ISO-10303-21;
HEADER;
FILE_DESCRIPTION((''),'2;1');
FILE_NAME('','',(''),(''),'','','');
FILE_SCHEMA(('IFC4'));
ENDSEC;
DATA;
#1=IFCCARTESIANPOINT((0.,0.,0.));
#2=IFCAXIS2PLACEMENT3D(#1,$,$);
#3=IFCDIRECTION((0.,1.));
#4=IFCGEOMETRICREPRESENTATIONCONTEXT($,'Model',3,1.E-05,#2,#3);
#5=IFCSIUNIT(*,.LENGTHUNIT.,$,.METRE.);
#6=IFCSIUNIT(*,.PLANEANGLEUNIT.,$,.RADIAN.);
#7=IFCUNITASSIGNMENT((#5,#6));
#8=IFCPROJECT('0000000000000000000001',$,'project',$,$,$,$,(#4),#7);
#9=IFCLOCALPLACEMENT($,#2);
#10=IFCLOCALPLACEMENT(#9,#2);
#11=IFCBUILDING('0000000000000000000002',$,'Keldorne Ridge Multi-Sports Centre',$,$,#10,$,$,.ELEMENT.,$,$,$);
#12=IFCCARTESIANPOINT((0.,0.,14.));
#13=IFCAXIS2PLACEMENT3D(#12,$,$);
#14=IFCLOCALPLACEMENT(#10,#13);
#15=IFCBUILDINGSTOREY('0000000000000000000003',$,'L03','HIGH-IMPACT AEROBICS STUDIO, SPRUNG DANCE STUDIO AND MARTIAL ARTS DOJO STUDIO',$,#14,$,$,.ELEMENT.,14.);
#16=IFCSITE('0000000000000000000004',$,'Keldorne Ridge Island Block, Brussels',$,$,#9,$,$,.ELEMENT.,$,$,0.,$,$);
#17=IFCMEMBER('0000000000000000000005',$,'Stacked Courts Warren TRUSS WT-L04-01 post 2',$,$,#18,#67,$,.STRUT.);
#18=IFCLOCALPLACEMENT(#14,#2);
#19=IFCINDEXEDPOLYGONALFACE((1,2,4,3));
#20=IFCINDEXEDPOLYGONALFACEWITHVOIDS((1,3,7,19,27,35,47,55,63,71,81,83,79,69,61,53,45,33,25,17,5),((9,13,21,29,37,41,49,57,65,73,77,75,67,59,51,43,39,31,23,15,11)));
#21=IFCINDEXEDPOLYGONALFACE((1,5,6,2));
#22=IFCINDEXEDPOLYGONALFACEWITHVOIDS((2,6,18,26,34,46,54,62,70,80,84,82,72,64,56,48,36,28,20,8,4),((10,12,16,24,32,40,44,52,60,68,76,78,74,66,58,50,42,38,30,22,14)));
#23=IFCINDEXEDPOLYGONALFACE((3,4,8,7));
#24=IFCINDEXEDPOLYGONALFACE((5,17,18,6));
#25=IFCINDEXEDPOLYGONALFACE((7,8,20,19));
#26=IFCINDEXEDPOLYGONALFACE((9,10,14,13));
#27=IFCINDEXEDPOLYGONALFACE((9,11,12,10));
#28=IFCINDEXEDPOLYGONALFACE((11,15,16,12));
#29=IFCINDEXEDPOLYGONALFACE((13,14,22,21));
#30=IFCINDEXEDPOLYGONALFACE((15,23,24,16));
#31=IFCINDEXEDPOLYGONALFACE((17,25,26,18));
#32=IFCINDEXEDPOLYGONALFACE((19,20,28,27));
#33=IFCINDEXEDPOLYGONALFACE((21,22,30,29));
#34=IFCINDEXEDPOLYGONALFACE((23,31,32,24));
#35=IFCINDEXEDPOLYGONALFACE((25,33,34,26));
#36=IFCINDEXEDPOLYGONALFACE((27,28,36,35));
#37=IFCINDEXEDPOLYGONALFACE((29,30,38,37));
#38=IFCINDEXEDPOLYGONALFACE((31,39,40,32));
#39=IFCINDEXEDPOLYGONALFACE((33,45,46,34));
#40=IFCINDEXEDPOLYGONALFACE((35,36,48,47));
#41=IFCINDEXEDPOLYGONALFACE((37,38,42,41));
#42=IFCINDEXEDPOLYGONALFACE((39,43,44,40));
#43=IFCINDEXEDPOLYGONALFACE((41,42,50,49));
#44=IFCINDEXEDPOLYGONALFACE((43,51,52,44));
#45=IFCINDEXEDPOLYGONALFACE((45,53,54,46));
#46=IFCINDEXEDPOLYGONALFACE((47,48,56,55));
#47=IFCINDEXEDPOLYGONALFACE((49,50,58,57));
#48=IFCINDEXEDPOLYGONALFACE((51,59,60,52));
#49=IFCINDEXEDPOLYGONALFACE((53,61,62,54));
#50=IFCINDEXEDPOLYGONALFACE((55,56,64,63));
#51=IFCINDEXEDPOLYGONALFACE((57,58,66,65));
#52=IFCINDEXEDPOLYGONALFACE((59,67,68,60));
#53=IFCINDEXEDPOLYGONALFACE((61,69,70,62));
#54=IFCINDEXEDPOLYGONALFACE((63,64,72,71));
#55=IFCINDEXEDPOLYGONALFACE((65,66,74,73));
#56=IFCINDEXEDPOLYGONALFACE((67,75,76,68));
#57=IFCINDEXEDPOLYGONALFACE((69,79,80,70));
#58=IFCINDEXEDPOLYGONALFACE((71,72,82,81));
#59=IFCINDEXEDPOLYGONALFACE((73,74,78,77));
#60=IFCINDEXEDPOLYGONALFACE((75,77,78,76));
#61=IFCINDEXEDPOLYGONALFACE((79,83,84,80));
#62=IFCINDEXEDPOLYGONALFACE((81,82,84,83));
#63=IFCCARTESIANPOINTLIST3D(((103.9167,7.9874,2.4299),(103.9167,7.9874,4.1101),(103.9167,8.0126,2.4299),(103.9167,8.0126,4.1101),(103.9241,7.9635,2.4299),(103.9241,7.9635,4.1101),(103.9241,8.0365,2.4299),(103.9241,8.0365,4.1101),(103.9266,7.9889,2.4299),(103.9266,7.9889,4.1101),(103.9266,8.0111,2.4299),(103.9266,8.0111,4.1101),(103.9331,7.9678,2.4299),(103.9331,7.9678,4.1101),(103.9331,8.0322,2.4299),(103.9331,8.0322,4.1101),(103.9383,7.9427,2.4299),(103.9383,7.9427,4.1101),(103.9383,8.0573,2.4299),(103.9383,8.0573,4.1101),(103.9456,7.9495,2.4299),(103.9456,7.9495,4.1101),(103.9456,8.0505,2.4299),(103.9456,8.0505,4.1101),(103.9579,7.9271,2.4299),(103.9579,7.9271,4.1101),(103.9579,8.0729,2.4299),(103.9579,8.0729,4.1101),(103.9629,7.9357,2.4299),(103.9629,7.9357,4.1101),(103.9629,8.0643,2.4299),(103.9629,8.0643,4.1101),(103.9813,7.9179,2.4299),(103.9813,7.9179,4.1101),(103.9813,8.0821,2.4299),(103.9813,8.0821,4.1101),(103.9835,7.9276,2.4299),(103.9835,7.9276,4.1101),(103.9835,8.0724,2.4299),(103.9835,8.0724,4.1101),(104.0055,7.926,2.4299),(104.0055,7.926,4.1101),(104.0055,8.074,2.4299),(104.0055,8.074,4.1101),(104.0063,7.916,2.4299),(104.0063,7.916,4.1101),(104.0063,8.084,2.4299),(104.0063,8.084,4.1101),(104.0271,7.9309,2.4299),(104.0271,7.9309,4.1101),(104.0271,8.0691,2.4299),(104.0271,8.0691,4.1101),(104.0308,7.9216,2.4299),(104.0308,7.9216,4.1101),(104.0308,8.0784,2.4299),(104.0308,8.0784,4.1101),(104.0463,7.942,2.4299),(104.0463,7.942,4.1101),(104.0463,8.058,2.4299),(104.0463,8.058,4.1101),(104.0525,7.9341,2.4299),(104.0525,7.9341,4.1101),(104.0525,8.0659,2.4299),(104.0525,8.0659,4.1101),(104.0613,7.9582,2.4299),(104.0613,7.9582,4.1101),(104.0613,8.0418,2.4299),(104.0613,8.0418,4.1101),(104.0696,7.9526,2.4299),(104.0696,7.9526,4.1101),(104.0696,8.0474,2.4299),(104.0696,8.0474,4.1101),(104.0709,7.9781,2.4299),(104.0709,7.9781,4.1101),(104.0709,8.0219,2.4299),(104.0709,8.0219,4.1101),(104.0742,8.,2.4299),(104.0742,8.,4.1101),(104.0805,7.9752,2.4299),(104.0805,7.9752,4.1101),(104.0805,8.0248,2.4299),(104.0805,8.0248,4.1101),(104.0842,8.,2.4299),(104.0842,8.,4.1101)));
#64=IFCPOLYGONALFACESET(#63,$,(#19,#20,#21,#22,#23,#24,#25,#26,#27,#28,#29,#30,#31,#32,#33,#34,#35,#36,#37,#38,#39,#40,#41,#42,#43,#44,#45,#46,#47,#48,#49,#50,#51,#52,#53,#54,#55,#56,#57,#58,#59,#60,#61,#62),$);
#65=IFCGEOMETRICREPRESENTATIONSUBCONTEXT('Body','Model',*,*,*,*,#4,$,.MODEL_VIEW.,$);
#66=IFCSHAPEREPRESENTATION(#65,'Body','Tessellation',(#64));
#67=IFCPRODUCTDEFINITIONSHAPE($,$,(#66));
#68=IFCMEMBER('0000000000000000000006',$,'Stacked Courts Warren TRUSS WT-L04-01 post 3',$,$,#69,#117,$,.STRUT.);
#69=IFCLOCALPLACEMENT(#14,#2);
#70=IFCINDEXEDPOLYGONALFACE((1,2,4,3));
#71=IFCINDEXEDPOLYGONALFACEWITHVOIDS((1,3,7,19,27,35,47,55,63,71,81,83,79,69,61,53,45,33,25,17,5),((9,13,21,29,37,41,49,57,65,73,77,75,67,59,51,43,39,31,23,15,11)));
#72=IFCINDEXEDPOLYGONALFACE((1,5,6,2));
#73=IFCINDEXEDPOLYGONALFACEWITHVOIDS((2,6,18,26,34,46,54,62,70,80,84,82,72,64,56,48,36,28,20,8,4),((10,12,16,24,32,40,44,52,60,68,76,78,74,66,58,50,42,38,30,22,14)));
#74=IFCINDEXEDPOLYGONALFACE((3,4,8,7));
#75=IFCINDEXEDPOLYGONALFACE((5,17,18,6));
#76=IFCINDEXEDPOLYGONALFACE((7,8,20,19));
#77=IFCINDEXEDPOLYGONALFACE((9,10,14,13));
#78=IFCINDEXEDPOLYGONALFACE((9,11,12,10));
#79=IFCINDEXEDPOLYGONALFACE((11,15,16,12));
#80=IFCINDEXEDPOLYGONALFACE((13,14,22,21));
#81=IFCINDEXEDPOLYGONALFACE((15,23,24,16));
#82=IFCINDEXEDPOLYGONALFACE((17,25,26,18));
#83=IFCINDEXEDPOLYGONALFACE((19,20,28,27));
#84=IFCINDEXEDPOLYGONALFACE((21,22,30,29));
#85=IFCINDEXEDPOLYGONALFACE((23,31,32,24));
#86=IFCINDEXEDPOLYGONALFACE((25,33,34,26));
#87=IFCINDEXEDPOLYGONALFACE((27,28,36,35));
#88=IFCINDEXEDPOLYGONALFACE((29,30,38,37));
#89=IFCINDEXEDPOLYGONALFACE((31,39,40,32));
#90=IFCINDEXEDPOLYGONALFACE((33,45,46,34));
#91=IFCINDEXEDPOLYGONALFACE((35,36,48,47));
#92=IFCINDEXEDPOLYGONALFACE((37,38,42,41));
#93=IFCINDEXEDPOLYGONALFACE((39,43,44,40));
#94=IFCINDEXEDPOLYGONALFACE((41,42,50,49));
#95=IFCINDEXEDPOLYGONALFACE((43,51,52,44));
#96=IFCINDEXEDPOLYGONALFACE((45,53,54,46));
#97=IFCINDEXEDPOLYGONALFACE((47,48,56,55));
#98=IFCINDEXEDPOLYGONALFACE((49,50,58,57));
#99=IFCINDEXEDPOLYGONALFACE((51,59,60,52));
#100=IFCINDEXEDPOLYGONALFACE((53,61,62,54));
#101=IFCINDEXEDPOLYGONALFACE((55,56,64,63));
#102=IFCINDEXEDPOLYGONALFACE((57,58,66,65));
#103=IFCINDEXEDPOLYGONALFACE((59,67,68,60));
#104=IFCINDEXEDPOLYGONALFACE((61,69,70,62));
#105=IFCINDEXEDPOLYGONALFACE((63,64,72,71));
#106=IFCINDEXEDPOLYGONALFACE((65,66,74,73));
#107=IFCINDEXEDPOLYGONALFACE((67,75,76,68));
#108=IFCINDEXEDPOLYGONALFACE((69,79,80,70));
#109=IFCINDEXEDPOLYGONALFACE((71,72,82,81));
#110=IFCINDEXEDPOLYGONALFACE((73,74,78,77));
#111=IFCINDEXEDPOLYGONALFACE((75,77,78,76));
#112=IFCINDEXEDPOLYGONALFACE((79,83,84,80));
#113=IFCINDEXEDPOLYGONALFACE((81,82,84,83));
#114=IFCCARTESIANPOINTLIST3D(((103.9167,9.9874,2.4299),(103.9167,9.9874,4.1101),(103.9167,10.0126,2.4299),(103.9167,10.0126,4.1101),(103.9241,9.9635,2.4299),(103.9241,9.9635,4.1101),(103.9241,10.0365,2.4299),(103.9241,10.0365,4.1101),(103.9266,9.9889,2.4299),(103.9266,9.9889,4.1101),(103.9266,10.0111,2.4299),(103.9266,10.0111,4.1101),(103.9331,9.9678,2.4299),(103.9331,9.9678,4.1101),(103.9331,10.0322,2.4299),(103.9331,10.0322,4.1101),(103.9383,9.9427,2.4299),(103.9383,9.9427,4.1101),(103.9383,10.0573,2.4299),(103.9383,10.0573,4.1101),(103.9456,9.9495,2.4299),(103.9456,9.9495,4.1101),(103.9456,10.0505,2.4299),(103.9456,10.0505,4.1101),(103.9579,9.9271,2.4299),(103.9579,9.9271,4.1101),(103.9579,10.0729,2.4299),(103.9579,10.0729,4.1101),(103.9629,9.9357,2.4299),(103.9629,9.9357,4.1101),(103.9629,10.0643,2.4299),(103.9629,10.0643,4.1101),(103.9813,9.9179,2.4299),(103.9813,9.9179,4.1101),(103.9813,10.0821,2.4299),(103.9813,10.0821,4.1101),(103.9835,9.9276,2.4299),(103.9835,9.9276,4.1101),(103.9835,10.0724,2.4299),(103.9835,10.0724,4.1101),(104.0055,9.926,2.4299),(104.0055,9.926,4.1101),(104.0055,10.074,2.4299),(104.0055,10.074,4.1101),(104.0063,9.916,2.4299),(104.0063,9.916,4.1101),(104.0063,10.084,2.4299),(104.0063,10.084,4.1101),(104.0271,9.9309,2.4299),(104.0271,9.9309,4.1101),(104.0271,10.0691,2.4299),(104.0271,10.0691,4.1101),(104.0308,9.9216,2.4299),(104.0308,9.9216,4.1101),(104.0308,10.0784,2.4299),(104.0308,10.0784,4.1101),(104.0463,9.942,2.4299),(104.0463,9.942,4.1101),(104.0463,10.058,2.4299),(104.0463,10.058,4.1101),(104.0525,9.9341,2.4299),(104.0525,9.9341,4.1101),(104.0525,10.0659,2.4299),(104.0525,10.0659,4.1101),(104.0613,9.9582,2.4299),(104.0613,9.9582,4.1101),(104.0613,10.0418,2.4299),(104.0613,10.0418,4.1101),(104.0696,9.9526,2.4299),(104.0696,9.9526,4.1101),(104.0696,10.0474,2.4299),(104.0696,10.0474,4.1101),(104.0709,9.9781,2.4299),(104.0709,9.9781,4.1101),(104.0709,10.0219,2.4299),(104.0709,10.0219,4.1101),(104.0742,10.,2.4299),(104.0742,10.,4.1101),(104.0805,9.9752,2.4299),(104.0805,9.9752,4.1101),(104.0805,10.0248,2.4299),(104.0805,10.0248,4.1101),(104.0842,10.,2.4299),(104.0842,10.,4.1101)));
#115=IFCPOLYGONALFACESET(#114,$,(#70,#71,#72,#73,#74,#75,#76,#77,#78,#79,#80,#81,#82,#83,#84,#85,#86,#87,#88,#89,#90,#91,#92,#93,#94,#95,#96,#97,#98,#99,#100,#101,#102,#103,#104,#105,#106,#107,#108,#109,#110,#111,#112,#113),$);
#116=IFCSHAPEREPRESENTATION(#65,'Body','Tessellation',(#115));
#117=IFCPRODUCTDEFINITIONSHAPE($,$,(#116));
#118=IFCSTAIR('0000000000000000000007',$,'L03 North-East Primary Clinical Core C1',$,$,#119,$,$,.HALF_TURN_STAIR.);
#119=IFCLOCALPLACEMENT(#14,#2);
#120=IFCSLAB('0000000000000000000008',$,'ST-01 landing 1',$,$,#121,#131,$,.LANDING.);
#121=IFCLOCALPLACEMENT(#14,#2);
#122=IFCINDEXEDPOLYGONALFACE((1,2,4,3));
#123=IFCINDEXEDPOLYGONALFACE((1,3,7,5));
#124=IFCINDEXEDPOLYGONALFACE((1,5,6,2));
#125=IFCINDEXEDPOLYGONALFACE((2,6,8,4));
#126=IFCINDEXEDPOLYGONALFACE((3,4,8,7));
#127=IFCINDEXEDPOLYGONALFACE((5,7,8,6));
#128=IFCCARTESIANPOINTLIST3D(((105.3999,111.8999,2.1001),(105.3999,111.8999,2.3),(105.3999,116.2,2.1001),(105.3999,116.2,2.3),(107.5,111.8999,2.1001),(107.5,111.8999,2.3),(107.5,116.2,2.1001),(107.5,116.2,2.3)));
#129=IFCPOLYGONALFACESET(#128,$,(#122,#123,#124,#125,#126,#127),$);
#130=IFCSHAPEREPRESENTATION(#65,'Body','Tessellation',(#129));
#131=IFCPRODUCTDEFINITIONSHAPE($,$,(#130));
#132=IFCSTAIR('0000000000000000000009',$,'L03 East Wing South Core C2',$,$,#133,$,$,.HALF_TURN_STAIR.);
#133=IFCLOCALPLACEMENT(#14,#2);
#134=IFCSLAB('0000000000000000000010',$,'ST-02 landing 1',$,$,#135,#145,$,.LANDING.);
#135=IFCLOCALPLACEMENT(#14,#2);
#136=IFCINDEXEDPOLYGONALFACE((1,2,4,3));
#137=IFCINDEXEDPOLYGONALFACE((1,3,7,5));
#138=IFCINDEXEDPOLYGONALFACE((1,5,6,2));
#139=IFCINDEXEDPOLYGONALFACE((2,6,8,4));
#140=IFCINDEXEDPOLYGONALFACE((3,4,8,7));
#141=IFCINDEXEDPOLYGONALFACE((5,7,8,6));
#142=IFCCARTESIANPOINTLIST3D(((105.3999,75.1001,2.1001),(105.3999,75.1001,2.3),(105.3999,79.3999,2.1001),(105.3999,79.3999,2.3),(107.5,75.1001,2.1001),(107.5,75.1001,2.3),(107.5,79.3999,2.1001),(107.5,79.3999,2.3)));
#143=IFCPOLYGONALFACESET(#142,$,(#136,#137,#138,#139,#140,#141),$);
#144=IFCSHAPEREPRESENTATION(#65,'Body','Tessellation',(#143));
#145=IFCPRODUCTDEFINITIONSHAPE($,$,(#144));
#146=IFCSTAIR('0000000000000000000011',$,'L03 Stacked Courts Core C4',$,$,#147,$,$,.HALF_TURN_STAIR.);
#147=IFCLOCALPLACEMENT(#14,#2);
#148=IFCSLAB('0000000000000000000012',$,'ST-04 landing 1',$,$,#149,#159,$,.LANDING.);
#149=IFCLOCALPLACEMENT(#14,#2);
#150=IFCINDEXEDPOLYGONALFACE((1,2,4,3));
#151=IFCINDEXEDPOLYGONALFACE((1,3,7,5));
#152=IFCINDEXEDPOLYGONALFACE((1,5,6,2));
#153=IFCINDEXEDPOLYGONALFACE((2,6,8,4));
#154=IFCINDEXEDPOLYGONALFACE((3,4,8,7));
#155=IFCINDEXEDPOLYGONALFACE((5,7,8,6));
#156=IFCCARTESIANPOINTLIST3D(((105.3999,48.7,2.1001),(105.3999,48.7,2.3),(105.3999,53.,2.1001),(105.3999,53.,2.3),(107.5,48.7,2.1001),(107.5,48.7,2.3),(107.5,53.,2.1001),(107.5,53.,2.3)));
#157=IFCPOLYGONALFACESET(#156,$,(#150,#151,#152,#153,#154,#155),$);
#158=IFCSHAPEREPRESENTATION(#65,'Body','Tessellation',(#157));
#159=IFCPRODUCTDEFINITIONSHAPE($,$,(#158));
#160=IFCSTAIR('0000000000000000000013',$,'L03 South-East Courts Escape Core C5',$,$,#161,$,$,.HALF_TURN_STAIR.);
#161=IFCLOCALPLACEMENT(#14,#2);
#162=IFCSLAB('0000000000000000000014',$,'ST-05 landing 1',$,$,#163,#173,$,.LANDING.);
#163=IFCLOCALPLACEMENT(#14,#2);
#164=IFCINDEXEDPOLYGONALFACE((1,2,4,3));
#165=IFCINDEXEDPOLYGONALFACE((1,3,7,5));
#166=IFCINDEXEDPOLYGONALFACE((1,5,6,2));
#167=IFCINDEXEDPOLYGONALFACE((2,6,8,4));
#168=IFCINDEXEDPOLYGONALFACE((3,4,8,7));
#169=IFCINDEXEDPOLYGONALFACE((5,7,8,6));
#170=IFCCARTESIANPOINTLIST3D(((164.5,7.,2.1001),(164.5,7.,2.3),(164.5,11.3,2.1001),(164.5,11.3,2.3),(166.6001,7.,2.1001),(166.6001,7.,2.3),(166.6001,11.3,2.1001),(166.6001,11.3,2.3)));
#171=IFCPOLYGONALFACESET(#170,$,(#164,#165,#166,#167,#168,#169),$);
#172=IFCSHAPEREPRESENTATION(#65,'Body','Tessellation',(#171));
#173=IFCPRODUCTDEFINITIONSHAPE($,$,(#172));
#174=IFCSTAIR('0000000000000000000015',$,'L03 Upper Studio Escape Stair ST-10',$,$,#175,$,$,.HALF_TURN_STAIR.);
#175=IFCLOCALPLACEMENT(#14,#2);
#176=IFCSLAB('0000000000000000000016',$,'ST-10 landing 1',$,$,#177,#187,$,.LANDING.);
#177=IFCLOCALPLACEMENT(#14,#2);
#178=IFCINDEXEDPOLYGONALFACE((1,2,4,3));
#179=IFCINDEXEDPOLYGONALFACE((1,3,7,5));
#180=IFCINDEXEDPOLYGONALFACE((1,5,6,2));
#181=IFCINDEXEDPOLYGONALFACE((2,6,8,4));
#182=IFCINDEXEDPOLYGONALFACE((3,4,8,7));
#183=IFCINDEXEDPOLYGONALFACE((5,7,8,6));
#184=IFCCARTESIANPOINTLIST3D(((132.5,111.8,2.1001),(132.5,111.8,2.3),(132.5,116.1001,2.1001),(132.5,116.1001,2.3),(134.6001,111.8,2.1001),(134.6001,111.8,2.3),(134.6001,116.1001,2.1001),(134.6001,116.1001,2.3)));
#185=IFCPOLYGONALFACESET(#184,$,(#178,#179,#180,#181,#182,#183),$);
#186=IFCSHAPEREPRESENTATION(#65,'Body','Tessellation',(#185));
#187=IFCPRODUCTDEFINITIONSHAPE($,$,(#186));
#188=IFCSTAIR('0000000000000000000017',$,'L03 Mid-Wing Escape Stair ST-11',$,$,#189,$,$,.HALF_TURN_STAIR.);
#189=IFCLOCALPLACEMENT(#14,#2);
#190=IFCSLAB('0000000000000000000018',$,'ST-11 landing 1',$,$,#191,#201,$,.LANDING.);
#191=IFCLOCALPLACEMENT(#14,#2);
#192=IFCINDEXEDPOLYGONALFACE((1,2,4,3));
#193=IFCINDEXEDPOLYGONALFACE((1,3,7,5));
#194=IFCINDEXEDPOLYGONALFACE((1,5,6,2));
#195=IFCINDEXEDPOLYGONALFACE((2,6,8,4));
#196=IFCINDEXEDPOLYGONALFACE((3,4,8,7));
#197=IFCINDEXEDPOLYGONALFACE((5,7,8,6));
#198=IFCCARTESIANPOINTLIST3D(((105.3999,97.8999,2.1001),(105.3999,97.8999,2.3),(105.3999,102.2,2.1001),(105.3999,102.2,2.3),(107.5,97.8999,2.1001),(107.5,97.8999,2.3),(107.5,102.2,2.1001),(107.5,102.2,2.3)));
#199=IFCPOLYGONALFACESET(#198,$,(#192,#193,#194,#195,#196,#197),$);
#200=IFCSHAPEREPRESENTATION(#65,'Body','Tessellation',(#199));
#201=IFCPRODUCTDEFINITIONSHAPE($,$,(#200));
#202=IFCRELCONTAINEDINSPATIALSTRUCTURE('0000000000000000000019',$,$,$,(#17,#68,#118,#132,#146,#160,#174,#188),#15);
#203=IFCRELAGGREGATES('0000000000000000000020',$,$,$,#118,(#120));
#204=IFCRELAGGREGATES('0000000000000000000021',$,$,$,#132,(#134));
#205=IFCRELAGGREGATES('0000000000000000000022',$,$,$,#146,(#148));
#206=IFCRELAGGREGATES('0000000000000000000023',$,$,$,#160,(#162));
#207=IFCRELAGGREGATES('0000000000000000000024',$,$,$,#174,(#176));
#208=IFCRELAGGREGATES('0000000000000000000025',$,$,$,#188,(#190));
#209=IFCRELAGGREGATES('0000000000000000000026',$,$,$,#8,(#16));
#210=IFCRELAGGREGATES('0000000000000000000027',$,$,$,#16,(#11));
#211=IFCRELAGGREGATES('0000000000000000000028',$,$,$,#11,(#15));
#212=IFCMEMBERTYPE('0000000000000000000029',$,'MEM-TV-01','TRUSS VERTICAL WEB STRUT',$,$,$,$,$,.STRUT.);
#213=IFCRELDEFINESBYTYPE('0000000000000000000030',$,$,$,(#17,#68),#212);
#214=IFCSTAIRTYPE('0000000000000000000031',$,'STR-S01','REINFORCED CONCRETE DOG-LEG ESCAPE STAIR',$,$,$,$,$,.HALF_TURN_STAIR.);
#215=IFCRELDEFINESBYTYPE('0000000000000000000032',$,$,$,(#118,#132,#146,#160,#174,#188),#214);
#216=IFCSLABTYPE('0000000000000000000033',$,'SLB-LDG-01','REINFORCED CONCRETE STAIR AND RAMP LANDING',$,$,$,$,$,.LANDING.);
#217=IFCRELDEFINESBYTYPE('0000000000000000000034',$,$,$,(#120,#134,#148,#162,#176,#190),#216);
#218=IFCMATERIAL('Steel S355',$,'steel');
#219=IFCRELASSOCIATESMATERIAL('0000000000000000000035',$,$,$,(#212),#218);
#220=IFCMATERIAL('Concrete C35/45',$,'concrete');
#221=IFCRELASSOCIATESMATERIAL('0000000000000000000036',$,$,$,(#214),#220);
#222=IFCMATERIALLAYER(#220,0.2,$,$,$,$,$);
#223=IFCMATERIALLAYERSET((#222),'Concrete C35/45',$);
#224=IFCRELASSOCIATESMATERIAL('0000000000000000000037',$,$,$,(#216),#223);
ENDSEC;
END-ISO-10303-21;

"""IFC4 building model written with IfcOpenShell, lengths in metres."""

from ifc_helpers import new_model, si_unit, direction, frame, origin, origin_2d, place, context, subcontext, project, spatial, polyline, hollow_circle, outline, extrude, material, layer, layer_set, material_profile, profile_set, type_object, element, aggregate, save


model = new_model("IFC4")

# Units and contexts
model_context = context("Model", 3, precision=1e-05, world=origin(), true_north=direction((0.0, 1.0)))
body_context = subcontext(model_context, "Body", "Model", "MODEL_VIEW")
ifc_project = project(units=[si_unit("LENGTHUNIT", "METRE"), si_unit("PLANEANGLEUNIT", "RADIAN")], contexts=[model_context])

# Site, building, storey
site_placement = place(None, origin())
site = spatial("IfcSite", under=ifc_project, at=site_placement, Name="Keldorne Ridge Island Block, Brussels", CompositionType="ELEMENT", RefElevation=0.0)
building_placement = place(site_placement, origin())
building = spatial("IfcBuilding", under=site, at=building_placement, Name="Keldorne Ridge Multi-Sports Centre", CompositionType="ELEMENT")
storey_placement = place(building_placement, frame((0.0, 0.0, 14.0)))
storey = spatial("IfcBuildingStorey", under=building, at=storey_placement, Name="L03", Description="HIGH-IMPACT AEROBICS STUDIO, SPRUNG DANCE STUDIO AND MARTIAL ARTS DOJO STUDIO", CompositionType="ELEMENT", Elevation=14.0)

# Shared definitions
ifc_material_1 = material(Name="Steel S355", Category="steel")

# Members
ifc_material_profile_1 = material_profile(ifc_material_1, hollow_circle(Radius=0.0842, WallThickness=0.01, at=origin_2d()), Name="CHS 168.3x10")
ifc_profile_set_1 = profile_set([ifc_material_profile_1], Name="Steel S355")
member_type_1 = type_object("IfcMemberType", Name="MEM-TV-01", Description="TRUSS VERTICAL WEB STRUT", PredefinedType="STRUT", material=ifc_profile_set_1)
for number, where, z_axis, x_axis, name in (
    (1, (104.0, 8.0, 2.4299), (0.0, 0.0, 1.0), (1.0, 0.0, 0.0), "Stacked Courts Warren TRUSS WT-L04-01 post 2"),
    (2, (104.0, 10.0, 2.4299), (0.0, 0.0, 1.0), (1.0, 0.0, 0.0), "Stacked Courts Warren TRUSS WT-L04-01 post 3"),
):
    element("IfcMember", number, at=place(storey_placement, frame(where, z_axis=z_axis, x_axis=x_axis)), inside=storey, type_object=member_type_1, Name=name, PredefinedType="STRUT", context=body_context, shape_type="SweptSolid", body=[
        extrude(hollow_circle(Radius=0.0842, WallThickness=0.01, at=origin_2d()), origin(), (0.0, 0.0, 1.0), 1.6802),
    ])

# Stairs, slabs
ifc_material_2 = material(Name="Concrete C35/45", Category="concrete")
stair_type = type_object("IfcStairType", Name="STR-S01", Description="REINFORCED CONCRETE DOG-LEG ESCAPE STAIR", PredefinedType="HALF_TURN_STAIR", material=ifc_material_2)
stair_1_placement = place(storey_placement, origin())
stair_1 = element("IfcStair", 3, at=stair_1_placement, inside=storey, type_object=stair_type, Name="L03 North-East Primary Clinical Core C1", PredefinedType="HALF_TURN_STAIR")
ifc_layer_1 = layer(ifc_material_2, 0.2)
ifc_layer_set_1 = layer_set([ifc_layer_1], Name="Concrete C35/45")
slab_type_1 = type_object("IfcSlabType", Name="SLB-LDG-01", Description="REINFORCED CONCRETE STAIR AND RAMP LANDING", PredefinedType="LANDING", material=ifc_layer_set_1)
slab_1_placement = place(storey_placement, frame((0.0, 0.0, 2.1001)))
slab_1 = element("IfcSlab", 4, at=slab_1_placement, type_object=slab_type_1, Name="ST-01 landing 1", PredefinedType="LANDING", context=body_context, shape_type="SweptSolid", body=[
    extrude(outline(polyline([(107.5, 116.2), (105.3999, 116.2), (105.3999, 111.8999), (107.5, 111.8999), (107.5, 116.2)])), origin(), (0.0, 0.0, 1.0), 0.2),
])
aggregate(stair_1, [slab_1])
stair_2_placement = place(storey_placement, origin())
stair_2 = element("IfcStair", 5, at=stair_2_placement, inside=storey, type_object=stair_type, Name="L03 East Wing South Core C2", PredefinedType="HALF_TURN_STAIR")
slab_2_placement = place(storey_placement, frame((0.0, 0.0, 2.1001)))
slab_2 = element("IfcSlab", 6, at=slab_2_placement, type_object=slab_type_1, Name="ST-02 landing 1", PredefinedType="LANDING", context=body_context, shape_type="SweptSolid", body=[
    extrude(outline(polyline([(107.5, 79.3999), (105.3999, 79.3999), (105.3999, 75.1001), (107.5, 75.1001), (107.5, 79.3999)])), origin(), (0.0, 0.0, 1.0), 0.2),
])
aggregate(stair_2, [slab_2])
stair_3_placement = place(storey_placement, origin())
stair_3 = element("IfcStair", 7, at=stair_3_placement, inside=storey, type_object=stair_type, Name="L03 Stacked Courts Core C4", PredefinedType="HALF_TURN_STAIR")
slab_3_placement = place(storey_placement, frame((0.0, 0.0, 2.1001)))
slab_3 = element("IfcSlab", 8, at=slab_3_placement, type_object=slab_type_1, Name="ST-04 landing 1", PredefinedType="LANDING", context=body_context, shape_type="SweptSolid", body=[
    extrude(outline(polyline([(107.5, 53.0), (105.3999, 53.0), (105.3999, 48.7), (107.5, 48.7), (107.5, 53.0)])), origin(), (0.0, 0.0, 1.0), 0.2),
])
aggregate(stair_3, [slab_3])
stair_4_placement = place(storey_placement, origin())
stair_4 = element("IfcStair", 9, at=stair_4_placement, inside=storey, type_object=stair_type, Name="L03 South-East Courts Escape Core C5", PredefinedType="HALF_TURN_STAIR")
slab_4_placement = place(storey_placement, frame((0.0, 0.0, 2.1001)))
slab_4 = element("IfcSlab", 10, at=slab_4_placement, type_object=slab_type_1, Name="ST-05 landing 1", PredefinedType="LANDING", context=body_context, shape_type="SweptSolid", body=[
    extrude(outline(polyline([(164.5, 7.0), (166.6001, 7.0), (166.6001, 11.3), (164.5, 11.3), (164.5, 7.0)])), origin(), (0.0, 0.0, 1.0), 0.2),
])
aggregate(stair_4, [slab_4])
stair_5_placement = place(storey_placement, origin())
stair_5 = element("IfcStair", 11, at=stair_5_placement, inside=storey, type_object=stair_type, Name="L03 Upper Studio Escape Stair ST-10", PredefinedType="HALF_TURN_STAIR")
slab_5_placement = place(storey_placement, frame((0.0, 0.0, 2.1001)))
slab_5 = element("IfcSlab", 12, at=slab_5_placement, type_object=slab_type_1, Name="ST-10 landing 1", PredefinedType="LANDING", context=body_context, shape_type="SweptSolid", body=[
    extrude(outline(polyline([(132.5, 111.8), (134.6001, 111.8), (134.6001, 116.1001), (132.5, 116.1001), (132.5, 111.8)])), origin(), (0.0, 0.0, 1.0), 0.2),
])
aggregate(stair_5, [slab_5])
stair_6_placement = place(storey_placement, origin())
stair_6 = element("IfcStair", 13, at=stair_6_placement, inside=storey, type_object=stair_type, Name="L03 Mid-Wing Escape Stair ST-11", PredefinedType="HALF_TURN_STAIR")
slab_6_placement = place(storey_placement, frame((0.0, 0.0, 2.1001)))
slab_6 = element("IfcSlab", 14, at=slab_6_placement, type_object=slab_type_1, Name="ST-11 landing 1", PredefinedType="LANDING", context=body_context, shape_type="SweptSolid", body=[
    extrude(outline(polyline([(107.5, 102.2), (105.3999, 102.2), (105.3999, 97.8999), (107.5, 97.8999), (107.5, 102.2)])), origin(), (0.0, 0.0, 1.0), 0.2),
])
aggregate(stair_6, [slab_6])

save(model, "model.ifc")
